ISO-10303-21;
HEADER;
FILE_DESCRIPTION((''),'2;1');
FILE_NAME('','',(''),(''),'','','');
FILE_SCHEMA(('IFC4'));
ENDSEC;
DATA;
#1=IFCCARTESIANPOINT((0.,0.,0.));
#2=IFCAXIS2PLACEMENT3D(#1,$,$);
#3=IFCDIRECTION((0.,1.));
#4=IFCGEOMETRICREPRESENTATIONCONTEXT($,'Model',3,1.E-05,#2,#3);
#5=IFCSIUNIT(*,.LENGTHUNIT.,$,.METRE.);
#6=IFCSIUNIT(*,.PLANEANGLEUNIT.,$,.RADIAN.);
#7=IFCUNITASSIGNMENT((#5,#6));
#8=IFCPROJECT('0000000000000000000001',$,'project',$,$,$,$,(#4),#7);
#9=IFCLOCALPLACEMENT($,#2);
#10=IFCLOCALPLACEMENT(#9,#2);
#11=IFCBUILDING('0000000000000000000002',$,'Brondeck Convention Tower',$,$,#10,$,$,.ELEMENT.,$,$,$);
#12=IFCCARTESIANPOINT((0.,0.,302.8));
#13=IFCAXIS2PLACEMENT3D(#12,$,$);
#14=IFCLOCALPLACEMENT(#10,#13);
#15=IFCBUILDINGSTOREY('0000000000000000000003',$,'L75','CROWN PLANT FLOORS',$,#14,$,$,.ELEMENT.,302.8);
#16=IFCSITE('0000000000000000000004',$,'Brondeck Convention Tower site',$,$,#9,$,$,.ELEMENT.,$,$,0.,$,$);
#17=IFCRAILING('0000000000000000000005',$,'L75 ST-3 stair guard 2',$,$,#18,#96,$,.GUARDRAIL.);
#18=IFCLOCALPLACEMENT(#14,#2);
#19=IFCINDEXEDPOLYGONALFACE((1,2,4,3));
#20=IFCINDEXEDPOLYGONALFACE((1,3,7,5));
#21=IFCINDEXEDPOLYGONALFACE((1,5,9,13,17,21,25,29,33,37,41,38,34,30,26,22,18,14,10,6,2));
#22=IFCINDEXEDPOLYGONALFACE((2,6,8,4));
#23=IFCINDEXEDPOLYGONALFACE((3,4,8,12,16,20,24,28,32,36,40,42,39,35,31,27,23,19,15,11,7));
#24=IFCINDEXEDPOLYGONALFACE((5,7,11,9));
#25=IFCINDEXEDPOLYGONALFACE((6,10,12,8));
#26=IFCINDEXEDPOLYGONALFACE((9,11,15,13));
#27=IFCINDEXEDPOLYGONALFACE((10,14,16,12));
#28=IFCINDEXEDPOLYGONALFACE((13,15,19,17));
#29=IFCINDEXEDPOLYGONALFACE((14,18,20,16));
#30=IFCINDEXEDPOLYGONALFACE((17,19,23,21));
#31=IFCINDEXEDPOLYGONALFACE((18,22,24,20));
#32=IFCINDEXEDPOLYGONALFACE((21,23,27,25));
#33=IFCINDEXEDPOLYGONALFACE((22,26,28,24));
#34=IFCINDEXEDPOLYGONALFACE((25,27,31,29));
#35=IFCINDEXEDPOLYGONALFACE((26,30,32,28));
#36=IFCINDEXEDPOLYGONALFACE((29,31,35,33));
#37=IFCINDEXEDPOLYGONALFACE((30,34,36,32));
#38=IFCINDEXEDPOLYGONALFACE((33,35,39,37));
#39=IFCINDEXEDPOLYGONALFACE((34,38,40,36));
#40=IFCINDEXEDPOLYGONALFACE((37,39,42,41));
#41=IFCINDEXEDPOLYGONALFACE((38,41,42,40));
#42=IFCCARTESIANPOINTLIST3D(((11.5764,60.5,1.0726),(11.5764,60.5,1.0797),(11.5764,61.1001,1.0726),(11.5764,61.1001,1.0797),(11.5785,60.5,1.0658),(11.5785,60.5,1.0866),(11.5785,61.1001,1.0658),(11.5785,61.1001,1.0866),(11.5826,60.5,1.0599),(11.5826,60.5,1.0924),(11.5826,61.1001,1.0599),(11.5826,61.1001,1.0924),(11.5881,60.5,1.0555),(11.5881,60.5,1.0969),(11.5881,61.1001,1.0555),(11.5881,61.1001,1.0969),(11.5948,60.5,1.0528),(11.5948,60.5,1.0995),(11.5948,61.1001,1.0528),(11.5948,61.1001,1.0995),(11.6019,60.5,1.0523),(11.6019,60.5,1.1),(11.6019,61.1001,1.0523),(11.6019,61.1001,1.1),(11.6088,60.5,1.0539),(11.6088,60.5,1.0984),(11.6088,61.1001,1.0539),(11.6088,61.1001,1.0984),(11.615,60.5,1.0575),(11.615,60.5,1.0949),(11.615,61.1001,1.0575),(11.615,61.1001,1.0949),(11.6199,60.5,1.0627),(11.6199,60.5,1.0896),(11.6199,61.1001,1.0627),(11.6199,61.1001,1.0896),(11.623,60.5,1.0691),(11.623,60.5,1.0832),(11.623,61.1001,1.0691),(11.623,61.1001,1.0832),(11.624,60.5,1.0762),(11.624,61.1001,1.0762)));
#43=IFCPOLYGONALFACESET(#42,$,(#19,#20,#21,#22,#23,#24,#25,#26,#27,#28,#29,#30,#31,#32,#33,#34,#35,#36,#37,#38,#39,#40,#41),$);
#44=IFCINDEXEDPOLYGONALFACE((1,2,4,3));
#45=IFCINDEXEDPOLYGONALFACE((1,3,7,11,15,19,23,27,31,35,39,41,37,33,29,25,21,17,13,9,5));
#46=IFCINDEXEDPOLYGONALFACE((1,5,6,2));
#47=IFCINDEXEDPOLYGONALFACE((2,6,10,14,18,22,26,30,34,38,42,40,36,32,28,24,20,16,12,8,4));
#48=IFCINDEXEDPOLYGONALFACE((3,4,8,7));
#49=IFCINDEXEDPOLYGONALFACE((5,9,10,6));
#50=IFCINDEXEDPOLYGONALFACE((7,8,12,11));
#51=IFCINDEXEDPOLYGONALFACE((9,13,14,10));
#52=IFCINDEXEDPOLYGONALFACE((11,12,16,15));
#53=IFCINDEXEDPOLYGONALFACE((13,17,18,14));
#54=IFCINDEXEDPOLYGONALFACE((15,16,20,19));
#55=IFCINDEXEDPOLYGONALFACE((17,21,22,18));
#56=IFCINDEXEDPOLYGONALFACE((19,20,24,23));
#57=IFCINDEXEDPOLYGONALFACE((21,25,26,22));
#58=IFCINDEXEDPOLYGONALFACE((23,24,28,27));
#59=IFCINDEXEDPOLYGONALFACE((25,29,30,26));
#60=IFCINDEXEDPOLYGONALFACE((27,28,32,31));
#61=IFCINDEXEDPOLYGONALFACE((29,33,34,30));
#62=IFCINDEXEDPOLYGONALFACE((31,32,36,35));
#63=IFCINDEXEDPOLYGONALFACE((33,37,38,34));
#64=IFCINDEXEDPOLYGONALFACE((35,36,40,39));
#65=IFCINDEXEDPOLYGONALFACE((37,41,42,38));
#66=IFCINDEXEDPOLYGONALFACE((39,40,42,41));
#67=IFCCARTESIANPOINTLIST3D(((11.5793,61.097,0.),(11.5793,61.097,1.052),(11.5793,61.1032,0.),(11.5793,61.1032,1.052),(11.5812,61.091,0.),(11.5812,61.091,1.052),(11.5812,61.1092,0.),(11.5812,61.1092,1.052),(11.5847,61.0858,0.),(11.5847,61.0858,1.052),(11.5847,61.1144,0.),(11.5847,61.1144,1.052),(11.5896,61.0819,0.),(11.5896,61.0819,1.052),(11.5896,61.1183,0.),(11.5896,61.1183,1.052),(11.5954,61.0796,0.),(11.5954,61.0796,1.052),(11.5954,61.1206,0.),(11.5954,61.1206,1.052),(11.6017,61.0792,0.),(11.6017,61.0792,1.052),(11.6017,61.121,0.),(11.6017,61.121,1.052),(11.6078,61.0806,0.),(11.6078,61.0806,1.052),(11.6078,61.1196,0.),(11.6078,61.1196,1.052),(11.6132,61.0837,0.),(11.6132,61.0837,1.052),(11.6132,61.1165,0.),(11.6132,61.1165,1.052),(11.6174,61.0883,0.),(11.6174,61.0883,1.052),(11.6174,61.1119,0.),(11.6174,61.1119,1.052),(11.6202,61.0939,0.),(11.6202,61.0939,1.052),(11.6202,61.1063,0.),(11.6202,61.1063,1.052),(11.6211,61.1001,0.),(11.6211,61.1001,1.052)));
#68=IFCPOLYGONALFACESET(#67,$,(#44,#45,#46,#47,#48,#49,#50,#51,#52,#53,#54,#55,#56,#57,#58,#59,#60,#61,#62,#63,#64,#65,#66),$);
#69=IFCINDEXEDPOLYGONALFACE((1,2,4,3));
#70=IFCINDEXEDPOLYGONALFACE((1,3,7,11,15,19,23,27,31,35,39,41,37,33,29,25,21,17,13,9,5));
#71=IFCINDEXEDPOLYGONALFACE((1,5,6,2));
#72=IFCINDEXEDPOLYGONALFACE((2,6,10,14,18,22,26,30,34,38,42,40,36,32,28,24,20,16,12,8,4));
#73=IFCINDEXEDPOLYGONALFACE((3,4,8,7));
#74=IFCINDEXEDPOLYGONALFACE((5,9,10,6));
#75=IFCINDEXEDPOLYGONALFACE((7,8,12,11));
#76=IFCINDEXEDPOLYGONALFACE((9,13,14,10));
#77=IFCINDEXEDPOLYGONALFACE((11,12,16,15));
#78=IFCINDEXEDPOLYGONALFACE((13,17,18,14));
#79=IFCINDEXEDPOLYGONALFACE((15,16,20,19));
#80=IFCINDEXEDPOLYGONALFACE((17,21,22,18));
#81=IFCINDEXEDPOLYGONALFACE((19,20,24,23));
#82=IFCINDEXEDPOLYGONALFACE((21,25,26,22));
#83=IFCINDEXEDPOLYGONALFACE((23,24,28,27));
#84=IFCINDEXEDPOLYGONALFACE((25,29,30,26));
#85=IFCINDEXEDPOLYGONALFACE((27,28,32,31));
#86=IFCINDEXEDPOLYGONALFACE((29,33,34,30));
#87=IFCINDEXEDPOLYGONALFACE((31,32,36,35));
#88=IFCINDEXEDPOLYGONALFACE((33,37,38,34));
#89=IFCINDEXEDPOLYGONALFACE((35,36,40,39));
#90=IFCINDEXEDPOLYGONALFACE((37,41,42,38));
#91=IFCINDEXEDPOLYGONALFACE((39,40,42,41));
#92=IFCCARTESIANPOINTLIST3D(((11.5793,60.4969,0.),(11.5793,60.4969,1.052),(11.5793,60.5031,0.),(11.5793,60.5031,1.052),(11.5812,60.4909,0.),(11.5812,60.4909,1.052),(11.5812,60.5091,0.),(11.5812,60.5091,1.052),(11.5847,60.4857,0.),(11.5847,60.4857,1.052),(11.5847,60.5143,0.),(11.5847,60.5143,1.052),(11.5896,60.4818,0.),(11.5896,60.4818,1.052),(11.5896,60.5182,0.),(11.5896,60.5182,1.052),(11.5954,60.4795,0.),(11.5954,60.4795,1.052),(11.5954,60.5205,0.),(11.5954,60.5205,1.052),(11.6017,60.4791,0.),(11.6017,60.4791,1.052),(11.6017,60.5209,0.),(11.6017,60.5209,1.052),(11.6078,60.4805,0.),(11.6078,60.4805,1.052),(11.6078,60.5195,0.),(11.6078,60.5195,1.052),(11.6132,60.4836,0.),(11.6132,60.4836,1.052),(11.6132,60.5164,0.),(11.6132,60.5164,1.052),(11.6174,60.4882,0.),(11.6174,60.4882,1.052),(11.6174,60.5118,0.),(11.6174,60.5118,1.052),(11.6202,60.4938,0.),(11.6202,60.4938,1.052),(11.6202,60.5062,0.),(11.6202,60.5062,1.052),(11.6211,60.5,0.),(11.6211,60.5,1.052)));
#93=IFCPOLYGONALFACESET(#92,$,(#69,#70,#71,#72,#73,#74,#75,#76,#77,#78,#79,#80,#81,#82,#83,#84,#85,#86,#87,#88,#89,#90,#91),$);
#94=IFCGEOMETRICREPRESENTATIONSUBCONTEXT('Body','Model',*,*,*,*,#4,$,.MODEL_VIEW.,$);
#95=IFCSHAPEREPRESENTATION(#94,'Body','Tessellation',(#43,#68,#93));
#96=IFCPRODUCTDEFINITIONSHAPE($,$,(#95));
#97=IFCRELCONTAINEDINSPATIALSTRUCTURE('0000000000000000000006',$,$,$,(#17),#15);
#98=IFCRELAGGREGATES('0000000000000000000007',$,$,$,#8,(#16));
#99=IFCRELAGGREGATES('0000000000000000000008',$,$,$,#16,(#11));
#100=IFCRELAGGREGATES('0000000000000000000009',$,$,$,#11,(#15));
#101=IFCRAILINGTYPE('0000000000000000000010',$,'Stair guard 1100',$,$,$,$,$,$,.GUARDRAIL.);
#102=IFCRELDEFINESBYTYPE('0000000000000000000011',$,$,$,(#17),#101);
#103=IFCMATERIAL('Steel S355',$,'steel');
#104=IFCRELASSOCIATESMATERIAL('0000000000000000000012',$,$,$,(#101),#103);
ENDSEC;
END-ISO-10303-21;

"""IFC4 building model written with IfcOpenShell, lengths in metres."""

from ifc_helpers import new_model, si_unit, direction, frame, origin, origin_2d, place, context, subcontext, project, spatial, circle, extrude, material, type_object, element, save


model = new_model("IFC4")

# Units and contexts
model_context = context("Model", 3, precision=1e-05, world=origin(), true_north=direction((0.0, 1.0)))
body_context = subcontext(model_context, "Body", "Model", "MODEL_VIEW")
ifc_project = project(units=[si_unit("LENGTHUNIT", "METRE"), si_unit("PLANEANGLEUNIT", "RADIAN")], contexts=[model_context])

# Site, building, storey
site_placement = place(None, origin())
site = spatial("IfcSite", under=ifc_project, at=site_placement, Name="Brondeck Convention Tower site", CompositionType="ELEMENT", RefElevation=0.0)
building_placement = place(site_placement, origin())
building = spatial("IfcBuilding", under=site, at=building_placement, Name="Brondeck Convention Tower", CompositionType="ELEMENT")
storey_placement = place(building_placement, frame((0.0, 0.0, 302.8)))
storey = spatial("IfcBuildingStorey", under=building, at=storey_placement, Name="L75", Description="CROWN PLANT FLOORS", CompositionType="ELEMENT", Elevation=302.8)

# Railing
ifc_material_1 = material(Name="Steel S355", Category="steel")
railing_type_1 = type_object("IfcRailingType", Name="Stair guard 1100", PredefinedType="GUARDRAIL", material=ifc_material_1)
railing_1_placement = place(storey_placement, frame((11.6001, 61.1001, 0.0)))
element("IfcRailing", 1, at=railing_1_placement, inside=storey, type_object=railing_type_1, Name="L75 ST-3 stair guard 2", PredefinedType="GUARDRAIL", context=body_context, shape_type="SweptSolid", body=[
    extrude(circle(Radius=0.0239, at=origin_2d()), frame((0.0, 0.0, 1.0762), z_axis=(0.0, -1.0, 0.0), x_axis=(1.0, 0.0, 0.0)), (0.0, 0.0, 1.0), 0.6001),
    extrude(circle(Radius=0.021, at=origin_2d()), origin(), (0.0, 0.0, 1.0), 1.052),
    extrude(circle(Radius=0.021, at=origin_2d()), frame((0.0, -0.6001, 0.0)), (0.0, 0.0, 1.0), 1.052),
])

save(model, "model.ifc")
